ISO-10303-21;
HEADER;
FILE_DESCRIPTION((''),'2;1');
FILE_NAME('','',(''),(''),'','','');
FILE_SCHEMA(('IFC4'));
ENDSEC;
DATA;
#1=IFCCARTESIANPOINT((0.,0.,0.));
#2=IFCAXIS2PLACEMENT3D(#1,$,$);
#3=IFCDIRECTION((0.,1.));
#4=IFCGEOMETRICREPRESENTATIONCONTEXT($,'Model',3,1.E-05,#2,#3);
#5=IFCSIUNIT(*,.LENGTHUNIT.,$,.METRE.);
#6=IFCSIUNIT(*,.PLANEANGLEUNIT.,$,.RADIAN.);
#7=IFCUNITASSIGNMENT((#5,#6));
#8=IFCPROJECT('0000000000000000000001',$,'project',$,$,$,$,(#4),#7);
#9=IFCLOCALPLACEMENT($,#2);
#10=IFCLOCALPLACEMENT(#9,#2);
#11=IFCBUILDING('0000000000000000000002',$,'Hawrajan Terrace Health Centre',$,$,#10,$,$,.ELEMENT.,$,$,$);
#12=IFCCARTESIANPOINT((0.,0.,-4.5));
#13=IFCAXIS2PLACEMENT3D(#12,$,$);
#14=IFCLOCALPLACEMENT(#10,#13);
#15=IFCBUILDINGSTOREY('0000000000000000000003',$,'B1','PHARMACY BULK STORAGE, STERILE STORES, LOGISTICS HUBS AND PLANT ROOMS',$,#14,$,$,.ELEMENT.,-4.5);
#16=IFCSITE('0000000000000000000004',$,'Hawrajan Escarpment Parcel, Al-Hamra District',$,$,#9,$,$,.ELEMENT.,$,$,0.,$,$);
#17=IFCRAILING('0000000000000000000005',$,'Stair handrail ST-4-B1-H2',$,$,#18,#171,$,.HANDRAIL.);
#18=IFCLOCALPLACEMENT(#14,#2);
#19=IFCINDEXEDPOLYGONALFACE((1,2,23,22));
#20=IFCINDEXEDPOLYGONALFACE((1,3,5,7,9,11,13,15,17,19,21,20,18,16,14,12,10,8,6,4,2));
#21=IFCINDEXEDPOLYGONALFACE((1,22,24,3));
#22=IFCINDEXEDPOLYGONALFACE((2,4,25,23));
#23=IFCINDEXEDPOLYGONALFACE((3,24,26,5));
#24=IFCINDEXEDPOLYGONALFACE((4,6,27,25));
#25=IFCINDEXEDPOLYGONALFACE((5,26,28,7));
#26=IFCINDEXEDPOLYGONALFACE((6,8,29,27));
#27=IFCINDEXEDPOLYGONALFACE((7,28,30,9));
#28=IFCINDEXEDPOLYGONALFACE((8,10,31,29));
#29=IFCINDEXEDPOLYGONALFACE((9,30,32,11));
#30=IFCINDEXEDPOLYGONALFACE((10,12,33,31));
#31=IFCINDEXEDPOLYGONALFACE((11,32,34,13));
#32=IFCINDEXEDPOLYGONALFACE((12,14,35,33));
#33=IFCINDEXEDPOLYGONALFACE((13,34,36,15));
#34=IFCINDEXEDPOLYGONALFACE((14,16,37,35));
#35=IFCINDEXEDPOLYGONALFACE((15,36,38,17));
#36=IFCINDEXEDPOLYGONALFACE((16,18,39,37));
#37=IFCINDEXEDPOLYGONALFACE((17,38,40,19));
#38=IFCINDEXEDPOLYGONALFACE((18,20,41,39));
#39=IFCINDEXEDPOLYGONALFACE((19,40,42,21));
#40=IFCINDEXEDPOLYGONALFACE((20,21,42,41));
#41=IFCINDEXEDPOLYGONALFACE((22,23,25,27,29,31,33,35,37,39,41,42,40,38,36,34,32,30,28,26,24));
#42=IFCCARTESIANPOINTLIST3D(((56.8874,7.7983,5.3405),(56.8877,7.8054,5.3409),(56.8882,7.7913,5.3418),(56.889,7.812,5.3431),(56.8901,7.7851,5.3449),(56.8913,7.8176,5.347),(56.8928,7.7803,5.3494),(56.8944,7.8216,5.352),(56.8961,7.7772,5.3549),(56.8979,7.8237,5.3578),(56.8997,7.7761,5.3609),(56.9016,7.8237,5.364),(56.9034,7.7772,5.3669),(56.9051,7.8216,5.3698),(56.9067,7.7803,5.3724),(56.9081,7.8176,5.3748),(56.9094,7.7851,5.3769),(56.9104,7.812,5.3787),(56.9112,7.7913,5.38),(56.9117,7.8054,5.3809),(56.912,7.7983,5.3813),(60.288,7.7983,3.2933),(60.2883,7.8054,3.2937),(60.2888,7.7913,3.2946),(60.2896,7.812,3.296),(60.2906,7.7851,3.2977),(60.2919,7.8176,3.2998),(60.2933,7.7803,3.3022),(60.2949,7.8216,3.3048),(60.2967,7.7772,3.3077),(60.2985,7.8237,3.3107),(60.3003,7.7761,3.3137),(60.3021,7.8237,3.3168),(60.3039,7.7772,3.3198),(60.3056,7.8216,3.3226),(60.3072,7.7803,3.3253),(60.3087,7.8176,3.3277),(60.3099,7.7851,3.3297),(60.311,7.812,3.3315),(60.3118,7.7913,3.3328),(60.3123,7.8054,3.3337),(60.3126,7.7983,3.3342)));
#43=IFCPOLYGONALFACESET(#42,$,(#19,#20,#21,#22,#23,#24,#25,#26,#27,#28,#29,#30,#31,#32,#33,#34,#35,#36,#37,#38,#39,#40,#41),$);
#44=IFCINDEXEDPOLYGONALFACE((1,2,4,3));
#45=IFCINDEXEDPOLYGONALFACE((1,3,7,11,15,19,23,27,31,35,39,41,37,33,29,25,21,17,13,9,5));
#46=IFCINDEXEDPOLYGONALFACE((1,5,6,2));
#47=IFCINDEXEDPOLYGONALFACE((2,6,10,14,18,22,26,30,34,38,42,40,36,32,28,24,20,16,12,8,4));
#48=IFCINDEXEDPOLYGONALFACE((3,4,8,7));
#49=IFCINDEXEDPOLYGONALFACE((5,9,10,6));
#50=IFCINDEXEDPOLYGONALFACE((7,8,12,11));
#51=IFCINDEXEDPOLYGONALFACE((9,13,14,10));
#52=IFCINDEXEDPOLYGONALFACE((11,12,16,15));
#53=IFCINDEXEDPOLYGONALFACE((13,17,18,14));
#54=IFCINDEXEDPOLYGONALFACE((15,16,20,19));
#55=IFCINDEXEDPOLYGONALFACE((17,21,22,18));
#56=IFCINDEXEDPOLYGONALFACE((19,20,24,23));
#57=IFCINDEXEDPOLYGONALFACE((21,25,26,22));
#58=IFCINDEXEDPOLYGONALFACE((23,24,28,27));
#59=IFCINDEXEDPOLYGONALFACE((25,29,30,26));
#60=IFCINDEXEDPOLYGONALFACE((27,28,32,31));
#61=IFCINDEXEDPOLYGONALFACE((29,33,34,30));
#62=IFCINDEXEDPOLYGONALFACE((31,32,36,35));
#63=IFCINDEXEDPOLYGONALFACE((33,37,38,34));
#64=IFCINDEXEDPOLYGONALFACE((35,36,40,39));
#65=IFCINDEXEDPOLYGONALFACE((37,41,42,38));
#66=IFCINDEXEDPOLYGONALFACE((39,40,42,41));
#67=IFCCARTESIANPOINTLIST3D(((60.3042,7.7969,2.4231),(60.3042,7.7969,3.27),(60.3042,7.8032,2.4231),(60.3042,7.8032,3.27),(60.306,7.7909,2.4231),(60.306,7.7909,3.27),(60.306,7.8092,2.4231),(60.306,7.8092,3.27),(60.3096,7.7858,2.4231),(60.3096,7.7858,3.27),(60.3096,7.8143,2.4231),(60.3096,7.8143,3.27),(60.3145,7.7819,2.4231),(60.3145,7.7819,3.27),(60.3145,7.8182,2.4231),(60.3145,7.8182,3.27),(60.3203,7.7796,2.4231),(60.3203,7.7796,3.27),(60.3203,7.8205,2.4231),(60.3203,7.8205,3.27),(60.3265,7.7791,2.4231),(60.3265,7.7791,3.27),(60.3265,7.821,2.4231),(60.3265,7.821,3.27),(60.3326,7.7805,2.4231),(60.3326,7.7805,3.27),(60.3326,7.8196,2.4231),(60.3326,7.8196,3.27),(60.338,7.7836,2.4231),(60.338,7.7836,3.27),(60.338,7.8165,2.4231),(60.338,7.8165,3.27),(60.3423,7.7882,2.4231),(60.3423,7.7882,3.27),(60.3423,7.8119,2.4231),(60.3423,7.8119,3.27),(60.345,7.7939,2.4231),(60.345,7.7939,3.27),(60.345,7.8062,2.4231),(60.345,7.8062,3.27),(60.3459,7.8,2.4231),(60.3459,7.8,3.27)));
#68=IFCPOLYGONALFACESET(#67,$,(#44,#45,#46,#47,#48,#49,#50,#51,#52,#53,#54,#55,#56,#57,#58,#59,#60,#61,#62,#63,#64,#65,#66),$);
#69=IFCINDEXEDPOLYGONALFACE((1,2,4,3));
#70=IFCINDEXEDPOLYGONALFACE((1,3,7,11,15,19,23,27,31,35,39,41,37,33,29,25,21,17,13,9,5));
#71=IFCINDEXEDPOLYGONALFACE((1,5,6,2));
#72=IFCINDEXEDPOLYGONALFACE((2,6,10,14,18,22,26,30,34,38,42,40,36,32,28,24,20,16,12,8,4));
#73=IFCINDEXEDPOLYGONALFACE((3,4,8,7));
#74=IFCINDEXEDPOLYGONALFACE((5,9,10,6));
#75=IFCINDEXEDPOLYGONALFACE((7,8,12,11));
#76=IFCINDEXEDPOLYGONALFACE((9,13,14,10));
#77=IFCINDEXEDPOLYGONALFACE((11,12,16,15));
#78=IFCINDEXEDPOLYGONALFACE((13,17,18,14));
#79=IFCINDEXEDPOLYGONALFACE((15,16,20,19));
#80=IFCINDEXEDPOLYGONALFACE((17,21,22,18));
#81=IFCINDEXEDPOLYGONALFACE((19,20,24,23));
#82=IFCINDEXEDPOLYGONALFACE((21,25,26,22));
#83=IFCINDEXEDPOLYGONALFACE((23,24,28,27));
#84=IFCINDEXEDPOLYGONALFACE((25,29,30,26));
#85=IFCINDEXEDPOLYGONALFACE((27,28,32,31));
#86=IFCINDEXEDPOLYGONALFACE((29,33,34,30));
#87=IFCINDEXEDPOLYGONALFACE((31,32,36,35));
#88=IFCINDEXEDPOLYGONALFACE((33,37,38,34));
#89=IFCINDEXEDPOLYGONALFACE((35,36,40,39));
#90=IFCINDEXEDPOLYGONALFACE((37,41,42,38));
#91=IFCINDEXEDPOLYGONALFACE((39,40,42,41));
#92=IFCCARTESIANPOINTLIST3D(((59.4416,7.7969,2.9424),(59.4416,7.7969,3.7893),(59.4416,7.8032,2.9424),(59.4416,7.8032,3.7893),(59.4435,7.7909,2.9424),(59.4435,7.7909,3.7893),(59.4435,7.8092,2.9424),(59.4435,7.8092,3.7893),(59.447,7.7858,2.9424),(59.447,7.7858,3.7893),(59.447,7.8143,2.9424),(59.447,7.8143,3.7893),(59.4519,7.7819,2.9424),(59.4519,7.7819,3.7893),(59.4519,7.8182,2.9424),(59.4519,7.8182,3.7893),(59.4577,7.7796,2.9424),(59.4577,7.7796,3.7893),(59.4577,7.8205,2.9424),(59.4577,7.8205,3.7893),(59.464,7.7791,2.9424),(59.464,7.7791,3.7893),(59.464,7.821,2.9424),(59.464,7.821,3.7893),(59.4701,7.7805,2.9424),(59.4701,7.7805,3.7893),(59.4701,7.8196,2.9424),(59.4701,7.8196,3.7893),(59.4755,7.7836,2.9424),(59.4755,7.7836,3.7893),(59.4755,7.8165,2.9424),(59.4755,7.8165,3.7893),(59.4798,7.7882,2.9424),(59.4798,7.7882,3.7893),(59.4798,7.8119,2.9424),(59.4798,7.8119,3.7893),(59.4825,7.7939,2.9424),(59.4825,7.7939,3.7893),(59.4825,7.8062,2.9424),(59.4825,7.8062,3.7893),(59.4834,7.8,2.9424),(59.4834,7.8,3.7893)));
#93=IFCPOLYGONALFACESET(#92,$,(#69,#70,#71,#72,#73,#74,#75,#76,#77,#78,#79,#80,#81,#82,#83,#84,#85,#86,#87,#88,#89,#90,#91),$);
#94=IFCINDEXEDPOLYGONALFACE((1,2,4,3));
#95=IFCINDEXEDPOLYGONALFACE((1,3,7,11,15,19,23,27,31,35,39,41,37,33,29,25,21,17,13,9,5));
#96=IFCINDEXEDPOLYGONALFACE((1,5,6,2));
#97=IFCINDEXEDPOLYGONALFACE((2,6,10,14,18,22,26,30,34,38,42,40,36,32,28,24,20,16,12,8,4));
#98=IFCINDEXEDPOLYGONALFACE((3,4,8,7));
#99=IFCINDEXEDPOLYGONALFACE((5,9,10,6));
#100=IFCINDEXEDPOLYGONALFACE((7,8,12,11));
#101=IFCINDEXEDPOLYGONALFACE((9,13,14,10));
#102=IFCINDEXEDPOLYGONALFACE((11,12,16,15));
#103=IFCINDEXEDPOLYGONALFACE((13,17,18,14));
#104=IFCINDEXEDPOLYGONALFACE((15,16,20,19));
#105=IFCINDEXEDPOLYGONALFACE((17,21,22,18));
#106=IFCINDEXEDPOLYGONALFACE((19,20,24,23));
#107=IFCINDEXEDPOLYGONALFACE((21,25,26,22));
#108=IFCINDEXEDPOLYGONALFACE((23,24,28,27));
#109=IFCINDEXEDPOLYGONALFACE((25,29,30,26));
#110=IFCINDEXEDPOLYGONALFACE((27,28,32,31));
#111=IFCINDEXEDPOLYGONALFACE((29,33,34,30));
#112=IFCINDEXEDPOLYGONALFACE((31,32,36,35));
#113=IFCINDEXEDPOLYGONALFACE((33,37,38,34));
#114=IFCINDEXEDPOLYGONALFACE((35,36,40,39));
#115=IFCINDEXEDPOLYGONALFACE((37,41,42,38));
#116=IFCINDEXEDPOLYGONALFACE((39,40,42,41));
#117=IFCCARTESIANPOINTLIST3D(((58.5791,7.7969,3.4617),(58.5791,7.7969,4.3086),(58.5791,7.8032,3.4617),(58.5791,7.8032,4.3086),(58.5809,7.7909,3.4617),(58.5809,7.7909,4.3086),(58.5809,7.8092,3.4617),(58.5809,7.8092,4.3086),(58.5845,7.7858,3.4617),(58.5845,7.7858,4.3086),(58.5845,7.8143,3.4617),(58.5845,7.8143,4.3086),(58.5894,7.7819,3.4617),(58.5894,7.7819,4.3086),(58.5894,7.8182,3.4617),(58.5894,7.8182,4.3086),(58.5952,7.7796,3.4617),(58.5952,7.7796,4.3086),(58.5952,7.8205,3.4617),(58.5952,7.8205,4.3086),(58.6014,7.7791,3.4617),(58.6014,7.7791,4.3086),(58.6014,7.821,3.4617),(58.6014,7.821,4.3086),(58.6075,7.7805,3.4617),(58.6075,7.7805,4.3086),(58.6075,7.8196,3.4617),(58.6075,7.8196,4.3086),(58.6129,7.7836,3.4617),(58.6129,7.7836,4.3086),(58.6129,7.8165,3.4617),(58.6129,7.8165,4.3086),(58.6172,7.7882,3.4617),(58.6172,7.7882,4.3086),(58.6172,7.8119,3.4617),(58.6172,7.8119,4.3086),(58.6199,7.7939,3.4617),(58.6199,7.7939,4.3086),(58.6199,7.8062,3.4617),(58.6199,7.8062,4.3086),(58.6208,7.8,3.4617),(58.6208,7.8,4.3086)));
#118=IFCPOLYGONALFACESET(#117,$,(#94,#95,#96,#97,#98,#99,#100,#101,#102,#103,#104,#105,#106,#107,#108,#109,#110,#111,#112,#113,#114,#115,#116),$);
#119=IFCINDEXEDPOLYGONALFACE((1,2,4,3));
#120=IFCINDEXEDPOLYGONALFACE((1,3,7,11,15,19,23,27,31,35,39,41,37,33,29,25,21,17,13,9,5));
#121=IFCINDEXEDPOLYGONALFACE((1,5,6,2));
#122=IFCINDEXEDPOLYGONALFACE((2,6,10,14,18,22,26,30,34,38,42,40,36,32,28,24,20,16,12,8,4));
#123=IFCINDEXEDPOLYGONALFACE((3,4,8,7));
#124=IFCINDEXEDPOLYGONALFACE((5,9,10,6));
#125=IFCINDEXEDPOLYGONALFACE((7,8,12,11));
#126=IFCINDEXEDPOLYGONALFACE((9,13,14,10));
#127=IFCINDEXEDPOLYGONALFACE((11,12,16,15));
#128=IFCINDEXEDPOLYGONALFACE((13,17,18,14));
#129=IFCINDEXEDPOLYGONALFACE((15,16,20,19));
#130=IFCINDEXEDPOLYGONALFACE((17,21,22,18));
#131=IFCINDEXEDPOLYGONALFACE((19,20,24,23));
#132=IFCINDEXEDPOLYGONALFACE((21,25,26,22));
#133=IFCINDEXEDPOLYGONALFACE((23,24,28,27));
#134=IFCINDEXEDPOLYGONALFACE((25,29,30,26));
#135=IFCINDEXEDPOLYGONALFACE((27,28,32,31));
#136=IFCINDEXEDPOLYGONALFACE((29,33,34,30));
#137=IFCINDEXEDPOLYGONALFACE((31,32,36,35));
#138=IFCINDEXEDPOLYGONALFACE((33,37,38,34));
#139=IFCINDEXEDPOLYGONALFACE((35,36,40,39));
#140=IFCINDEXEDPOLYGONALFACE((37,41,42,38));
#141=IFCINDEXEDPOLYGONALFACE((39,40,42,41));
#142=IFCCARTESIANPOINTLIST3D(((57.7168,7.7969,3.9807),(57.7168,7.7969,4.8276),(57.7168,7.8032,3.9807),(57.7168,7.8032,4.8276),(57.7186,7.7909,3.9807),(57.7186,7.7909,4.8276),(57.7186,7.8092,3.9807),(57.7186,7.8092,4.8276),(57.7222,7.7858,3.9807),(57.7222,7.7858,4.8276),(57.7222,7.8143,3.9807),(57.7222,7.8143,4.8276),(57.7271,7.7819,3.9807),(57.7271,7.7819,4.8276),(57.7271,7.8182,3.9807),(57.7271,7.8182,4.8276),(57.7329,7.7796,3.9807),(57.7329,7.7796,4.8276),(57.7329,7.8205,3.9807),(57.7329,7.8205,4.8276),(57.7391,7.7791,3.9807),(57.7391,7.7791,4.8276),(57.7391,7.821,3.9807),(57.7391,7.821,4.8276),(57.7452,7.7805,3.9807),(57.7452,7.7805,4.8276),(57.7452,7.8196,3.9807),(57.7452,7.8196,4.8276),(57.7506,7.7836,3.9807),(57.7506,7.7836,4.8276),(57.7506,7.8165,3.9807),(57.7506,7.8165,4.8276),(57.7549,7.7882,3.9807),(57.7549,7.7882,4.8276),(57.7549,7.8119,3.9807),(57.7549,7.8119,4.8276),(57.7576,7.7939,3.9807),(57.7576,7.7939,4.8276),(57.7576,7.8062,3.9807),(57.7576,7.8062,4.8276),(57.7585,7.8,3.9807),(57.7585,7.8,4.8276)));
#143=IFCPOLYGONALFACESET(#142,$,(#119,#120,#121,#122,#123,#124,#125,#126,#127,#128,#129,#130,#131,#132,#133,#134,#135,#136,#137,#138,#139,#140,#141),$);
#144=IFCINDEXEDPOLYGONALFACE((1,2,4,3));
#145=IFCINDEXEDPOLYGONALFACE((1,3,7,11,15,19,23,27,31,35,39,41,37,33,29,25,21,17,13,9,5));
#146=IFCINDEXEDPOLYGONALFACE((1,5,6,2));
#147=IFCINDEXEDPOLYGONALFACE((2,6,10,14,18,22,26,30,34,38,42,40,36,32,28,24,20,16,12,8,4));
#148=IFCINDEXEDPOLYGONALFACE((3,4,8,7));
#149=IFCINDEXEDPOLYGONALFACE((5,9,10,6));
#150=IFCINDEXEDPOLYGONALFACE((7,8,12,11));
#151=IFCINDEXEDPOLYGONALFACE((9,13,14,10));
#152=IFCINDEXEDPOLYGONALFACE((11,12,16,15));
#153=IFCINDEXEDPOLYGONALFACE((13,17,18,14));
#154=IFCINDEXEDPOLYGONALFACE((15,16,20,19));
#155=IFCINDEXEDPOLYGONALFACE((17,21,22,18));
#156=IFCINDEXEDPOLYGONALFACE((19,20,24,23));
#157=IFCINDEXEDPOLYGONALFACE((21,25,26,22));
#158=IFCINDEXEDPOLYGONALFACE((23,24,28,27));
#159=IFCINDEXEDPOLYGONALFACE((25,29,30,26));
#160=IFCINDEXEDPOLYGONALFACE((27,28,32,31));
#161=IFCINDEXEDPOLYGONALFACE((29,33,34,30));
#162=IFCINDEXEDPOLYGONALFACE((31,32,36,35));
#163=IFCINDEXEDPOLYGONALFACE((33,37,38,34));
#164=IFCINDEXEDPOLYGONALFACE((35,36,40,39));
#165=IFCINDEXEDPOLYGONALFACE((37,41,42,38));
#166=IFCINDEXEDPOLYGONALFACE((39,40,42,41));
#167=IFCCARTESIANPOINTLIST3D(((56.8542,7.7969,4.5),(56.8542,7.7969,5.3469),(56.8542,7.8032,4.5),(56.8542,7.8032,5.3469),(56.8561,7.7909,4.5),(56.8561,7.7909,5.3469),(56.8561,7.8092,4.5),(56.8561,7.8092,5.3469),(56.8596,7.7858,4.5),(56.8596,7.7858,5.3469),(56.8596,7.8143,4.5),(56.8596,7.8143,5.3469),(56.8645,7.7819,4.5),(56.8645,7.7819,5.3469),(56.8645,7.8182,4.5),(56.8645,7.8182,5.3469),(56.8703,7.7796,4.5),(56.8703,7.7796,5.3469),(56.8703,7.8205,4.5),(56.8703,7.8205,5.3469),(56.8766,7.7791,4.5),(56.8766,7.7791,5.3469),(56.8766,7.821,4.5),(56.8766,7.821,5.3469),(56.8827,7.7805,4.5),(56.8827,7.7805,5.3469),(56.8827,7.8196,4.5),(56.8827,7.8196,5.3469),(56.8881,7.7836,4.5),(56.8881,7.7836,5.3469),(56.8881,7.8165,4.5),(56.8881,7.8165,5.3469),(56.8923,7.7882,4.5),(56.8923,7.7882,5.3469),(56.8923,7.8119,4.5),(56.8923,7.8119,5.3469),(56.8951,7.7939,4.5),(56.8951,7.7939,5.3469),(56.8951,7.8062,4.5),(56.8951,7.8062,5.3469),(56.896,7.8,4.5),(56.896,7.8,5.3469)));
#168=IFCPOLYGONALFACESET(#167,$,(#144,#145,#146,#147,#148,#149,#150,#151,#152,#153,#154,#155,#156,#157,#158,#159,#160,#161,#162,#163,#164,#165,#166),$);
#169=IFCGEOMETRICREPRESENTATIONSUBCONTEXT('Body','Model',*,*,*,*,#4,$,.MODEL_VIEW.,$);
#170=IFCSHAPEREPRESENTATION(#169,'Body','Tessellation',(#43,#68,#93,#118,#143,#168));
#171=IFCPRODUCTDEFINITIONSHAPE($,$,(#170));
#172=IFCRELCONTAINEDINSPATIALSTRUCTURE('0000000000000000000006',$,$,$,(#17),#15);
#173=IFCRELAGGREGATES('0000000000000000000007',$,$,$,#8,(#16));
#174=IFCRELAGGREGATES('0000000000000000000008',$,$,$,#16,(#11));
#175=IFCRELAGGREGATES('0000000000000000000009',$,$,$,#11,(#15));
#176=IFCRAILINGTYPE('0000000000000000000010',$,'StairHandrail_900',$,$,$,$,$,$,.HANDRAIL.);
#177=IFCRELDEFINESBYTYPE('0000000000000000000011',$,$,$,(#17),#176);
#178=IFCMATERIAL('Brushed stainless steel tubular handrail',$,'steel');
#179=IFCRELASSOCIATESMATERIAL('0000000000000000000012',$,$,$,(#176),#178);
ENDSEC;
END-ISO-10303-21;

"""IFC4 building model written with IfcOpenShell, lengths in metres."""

from ifc_helpers import new_model, si_unit, direction, frame, origin, origin_2d, place, context, subcontext, project, spatial, circle, extrude, material, type_object, element, save


model = new_model("IFC4")

# Units and contexts
model_context = context("Model", 3, precision=1e-05, world=origin(), true_north=direction((0.0, 1.0)))
body_context = subcontext(model_context, "Body", "Model", "MODEL_VIEW")
ifc_project = project(units=[si_unit("LENGTHUNIT", "METRE"), si_unit("PLANEANGLEUNIT", "RADIAN")], contexts=[model_context])

# Site, building, storey
site_placement = place(None, origin())
site = spatial("IfcSite", under=ifc_project, at=site_placement, Name="Hawrajan Escarpment Parcel, Al-Hamra District", CompositionType="ELEMENT", RefElevation=0.0)
building_placement = place(site_placement, origin())
building = spatial("IfcBuilding", under=site, at=building_placement, Name="Hawrajan Terrace Health Centre", CompositionType="ELEMENT")
storey_placement = place(building_placement, frame((0.0, 0.0, -4.5)))
storey = spatial("IfcBuildingStorey", under=building, at=storey_placement, Name="B1", Description="PHARMACY BULK STORAGE, STERILE STORES, LOGISTICS HUBS AND PLANT ROOMS", CompositionType="ELEMENT", Elevation=-4.5)

# Railing
ifc_material_1 = material(Name="Brushed stainless steel tubular handrail", Category="steel")
railing_type = type_object("IfcRailingType", Name="StairHandrail_900", PredefinedType="HANDRAIL", material=ifc_material_1)
railing_placement = place(storey_placement, frame((60.325, 7.8, 2.4231)))
element("IfcRailing", 1, at=railing_placement, inside=storey, type_object=railing_type, Name="Stair handrail ST-4-B1-H2", PredefinedType="HANDRAIL", context=body_context, shape_type="SweptSolid", body=[
    extrude(circle(Radius=0.0239, at=origin_2d()), frame((-0.0247, 0.0, 0.8906), z_axis=(-0.856732, 0.0, 0.515761), x_axis=(0.0, -1.0, 0.0)), (0.0, 0.0, 1.0), 3.9692),
    extrude(circle(Radius=0.021, at=origin_2d()), origin(), (0.0, 0.0, 1.0), 0.8469),
    extrude(circle(Radius=0.021, at=origin_2d()), frame((-0.8625, 0.0, 0.5193)), (0.0, 0.0, 1.0), 0.8469),
    extrude(circle(Radius=0.021, at=origin_2d()), frame((-1.7251, 0.0, 1.0386)), (0.0, 0.0, 1.0), 0.8469),
    extrude(circle(Radius=0.021, at=origin_2d()), frame((-2.5874, 0.0, 1.5576)), (0.0, 0.0, 1.0), 0.8469),
    extrude(circle(Radius=0.021, at=origin_2d()), frame((-3.45, 0.0, 2.0769)), (0.0, 0.0, 1.0), 0.8469),
])

save(model, "model.ifc")
